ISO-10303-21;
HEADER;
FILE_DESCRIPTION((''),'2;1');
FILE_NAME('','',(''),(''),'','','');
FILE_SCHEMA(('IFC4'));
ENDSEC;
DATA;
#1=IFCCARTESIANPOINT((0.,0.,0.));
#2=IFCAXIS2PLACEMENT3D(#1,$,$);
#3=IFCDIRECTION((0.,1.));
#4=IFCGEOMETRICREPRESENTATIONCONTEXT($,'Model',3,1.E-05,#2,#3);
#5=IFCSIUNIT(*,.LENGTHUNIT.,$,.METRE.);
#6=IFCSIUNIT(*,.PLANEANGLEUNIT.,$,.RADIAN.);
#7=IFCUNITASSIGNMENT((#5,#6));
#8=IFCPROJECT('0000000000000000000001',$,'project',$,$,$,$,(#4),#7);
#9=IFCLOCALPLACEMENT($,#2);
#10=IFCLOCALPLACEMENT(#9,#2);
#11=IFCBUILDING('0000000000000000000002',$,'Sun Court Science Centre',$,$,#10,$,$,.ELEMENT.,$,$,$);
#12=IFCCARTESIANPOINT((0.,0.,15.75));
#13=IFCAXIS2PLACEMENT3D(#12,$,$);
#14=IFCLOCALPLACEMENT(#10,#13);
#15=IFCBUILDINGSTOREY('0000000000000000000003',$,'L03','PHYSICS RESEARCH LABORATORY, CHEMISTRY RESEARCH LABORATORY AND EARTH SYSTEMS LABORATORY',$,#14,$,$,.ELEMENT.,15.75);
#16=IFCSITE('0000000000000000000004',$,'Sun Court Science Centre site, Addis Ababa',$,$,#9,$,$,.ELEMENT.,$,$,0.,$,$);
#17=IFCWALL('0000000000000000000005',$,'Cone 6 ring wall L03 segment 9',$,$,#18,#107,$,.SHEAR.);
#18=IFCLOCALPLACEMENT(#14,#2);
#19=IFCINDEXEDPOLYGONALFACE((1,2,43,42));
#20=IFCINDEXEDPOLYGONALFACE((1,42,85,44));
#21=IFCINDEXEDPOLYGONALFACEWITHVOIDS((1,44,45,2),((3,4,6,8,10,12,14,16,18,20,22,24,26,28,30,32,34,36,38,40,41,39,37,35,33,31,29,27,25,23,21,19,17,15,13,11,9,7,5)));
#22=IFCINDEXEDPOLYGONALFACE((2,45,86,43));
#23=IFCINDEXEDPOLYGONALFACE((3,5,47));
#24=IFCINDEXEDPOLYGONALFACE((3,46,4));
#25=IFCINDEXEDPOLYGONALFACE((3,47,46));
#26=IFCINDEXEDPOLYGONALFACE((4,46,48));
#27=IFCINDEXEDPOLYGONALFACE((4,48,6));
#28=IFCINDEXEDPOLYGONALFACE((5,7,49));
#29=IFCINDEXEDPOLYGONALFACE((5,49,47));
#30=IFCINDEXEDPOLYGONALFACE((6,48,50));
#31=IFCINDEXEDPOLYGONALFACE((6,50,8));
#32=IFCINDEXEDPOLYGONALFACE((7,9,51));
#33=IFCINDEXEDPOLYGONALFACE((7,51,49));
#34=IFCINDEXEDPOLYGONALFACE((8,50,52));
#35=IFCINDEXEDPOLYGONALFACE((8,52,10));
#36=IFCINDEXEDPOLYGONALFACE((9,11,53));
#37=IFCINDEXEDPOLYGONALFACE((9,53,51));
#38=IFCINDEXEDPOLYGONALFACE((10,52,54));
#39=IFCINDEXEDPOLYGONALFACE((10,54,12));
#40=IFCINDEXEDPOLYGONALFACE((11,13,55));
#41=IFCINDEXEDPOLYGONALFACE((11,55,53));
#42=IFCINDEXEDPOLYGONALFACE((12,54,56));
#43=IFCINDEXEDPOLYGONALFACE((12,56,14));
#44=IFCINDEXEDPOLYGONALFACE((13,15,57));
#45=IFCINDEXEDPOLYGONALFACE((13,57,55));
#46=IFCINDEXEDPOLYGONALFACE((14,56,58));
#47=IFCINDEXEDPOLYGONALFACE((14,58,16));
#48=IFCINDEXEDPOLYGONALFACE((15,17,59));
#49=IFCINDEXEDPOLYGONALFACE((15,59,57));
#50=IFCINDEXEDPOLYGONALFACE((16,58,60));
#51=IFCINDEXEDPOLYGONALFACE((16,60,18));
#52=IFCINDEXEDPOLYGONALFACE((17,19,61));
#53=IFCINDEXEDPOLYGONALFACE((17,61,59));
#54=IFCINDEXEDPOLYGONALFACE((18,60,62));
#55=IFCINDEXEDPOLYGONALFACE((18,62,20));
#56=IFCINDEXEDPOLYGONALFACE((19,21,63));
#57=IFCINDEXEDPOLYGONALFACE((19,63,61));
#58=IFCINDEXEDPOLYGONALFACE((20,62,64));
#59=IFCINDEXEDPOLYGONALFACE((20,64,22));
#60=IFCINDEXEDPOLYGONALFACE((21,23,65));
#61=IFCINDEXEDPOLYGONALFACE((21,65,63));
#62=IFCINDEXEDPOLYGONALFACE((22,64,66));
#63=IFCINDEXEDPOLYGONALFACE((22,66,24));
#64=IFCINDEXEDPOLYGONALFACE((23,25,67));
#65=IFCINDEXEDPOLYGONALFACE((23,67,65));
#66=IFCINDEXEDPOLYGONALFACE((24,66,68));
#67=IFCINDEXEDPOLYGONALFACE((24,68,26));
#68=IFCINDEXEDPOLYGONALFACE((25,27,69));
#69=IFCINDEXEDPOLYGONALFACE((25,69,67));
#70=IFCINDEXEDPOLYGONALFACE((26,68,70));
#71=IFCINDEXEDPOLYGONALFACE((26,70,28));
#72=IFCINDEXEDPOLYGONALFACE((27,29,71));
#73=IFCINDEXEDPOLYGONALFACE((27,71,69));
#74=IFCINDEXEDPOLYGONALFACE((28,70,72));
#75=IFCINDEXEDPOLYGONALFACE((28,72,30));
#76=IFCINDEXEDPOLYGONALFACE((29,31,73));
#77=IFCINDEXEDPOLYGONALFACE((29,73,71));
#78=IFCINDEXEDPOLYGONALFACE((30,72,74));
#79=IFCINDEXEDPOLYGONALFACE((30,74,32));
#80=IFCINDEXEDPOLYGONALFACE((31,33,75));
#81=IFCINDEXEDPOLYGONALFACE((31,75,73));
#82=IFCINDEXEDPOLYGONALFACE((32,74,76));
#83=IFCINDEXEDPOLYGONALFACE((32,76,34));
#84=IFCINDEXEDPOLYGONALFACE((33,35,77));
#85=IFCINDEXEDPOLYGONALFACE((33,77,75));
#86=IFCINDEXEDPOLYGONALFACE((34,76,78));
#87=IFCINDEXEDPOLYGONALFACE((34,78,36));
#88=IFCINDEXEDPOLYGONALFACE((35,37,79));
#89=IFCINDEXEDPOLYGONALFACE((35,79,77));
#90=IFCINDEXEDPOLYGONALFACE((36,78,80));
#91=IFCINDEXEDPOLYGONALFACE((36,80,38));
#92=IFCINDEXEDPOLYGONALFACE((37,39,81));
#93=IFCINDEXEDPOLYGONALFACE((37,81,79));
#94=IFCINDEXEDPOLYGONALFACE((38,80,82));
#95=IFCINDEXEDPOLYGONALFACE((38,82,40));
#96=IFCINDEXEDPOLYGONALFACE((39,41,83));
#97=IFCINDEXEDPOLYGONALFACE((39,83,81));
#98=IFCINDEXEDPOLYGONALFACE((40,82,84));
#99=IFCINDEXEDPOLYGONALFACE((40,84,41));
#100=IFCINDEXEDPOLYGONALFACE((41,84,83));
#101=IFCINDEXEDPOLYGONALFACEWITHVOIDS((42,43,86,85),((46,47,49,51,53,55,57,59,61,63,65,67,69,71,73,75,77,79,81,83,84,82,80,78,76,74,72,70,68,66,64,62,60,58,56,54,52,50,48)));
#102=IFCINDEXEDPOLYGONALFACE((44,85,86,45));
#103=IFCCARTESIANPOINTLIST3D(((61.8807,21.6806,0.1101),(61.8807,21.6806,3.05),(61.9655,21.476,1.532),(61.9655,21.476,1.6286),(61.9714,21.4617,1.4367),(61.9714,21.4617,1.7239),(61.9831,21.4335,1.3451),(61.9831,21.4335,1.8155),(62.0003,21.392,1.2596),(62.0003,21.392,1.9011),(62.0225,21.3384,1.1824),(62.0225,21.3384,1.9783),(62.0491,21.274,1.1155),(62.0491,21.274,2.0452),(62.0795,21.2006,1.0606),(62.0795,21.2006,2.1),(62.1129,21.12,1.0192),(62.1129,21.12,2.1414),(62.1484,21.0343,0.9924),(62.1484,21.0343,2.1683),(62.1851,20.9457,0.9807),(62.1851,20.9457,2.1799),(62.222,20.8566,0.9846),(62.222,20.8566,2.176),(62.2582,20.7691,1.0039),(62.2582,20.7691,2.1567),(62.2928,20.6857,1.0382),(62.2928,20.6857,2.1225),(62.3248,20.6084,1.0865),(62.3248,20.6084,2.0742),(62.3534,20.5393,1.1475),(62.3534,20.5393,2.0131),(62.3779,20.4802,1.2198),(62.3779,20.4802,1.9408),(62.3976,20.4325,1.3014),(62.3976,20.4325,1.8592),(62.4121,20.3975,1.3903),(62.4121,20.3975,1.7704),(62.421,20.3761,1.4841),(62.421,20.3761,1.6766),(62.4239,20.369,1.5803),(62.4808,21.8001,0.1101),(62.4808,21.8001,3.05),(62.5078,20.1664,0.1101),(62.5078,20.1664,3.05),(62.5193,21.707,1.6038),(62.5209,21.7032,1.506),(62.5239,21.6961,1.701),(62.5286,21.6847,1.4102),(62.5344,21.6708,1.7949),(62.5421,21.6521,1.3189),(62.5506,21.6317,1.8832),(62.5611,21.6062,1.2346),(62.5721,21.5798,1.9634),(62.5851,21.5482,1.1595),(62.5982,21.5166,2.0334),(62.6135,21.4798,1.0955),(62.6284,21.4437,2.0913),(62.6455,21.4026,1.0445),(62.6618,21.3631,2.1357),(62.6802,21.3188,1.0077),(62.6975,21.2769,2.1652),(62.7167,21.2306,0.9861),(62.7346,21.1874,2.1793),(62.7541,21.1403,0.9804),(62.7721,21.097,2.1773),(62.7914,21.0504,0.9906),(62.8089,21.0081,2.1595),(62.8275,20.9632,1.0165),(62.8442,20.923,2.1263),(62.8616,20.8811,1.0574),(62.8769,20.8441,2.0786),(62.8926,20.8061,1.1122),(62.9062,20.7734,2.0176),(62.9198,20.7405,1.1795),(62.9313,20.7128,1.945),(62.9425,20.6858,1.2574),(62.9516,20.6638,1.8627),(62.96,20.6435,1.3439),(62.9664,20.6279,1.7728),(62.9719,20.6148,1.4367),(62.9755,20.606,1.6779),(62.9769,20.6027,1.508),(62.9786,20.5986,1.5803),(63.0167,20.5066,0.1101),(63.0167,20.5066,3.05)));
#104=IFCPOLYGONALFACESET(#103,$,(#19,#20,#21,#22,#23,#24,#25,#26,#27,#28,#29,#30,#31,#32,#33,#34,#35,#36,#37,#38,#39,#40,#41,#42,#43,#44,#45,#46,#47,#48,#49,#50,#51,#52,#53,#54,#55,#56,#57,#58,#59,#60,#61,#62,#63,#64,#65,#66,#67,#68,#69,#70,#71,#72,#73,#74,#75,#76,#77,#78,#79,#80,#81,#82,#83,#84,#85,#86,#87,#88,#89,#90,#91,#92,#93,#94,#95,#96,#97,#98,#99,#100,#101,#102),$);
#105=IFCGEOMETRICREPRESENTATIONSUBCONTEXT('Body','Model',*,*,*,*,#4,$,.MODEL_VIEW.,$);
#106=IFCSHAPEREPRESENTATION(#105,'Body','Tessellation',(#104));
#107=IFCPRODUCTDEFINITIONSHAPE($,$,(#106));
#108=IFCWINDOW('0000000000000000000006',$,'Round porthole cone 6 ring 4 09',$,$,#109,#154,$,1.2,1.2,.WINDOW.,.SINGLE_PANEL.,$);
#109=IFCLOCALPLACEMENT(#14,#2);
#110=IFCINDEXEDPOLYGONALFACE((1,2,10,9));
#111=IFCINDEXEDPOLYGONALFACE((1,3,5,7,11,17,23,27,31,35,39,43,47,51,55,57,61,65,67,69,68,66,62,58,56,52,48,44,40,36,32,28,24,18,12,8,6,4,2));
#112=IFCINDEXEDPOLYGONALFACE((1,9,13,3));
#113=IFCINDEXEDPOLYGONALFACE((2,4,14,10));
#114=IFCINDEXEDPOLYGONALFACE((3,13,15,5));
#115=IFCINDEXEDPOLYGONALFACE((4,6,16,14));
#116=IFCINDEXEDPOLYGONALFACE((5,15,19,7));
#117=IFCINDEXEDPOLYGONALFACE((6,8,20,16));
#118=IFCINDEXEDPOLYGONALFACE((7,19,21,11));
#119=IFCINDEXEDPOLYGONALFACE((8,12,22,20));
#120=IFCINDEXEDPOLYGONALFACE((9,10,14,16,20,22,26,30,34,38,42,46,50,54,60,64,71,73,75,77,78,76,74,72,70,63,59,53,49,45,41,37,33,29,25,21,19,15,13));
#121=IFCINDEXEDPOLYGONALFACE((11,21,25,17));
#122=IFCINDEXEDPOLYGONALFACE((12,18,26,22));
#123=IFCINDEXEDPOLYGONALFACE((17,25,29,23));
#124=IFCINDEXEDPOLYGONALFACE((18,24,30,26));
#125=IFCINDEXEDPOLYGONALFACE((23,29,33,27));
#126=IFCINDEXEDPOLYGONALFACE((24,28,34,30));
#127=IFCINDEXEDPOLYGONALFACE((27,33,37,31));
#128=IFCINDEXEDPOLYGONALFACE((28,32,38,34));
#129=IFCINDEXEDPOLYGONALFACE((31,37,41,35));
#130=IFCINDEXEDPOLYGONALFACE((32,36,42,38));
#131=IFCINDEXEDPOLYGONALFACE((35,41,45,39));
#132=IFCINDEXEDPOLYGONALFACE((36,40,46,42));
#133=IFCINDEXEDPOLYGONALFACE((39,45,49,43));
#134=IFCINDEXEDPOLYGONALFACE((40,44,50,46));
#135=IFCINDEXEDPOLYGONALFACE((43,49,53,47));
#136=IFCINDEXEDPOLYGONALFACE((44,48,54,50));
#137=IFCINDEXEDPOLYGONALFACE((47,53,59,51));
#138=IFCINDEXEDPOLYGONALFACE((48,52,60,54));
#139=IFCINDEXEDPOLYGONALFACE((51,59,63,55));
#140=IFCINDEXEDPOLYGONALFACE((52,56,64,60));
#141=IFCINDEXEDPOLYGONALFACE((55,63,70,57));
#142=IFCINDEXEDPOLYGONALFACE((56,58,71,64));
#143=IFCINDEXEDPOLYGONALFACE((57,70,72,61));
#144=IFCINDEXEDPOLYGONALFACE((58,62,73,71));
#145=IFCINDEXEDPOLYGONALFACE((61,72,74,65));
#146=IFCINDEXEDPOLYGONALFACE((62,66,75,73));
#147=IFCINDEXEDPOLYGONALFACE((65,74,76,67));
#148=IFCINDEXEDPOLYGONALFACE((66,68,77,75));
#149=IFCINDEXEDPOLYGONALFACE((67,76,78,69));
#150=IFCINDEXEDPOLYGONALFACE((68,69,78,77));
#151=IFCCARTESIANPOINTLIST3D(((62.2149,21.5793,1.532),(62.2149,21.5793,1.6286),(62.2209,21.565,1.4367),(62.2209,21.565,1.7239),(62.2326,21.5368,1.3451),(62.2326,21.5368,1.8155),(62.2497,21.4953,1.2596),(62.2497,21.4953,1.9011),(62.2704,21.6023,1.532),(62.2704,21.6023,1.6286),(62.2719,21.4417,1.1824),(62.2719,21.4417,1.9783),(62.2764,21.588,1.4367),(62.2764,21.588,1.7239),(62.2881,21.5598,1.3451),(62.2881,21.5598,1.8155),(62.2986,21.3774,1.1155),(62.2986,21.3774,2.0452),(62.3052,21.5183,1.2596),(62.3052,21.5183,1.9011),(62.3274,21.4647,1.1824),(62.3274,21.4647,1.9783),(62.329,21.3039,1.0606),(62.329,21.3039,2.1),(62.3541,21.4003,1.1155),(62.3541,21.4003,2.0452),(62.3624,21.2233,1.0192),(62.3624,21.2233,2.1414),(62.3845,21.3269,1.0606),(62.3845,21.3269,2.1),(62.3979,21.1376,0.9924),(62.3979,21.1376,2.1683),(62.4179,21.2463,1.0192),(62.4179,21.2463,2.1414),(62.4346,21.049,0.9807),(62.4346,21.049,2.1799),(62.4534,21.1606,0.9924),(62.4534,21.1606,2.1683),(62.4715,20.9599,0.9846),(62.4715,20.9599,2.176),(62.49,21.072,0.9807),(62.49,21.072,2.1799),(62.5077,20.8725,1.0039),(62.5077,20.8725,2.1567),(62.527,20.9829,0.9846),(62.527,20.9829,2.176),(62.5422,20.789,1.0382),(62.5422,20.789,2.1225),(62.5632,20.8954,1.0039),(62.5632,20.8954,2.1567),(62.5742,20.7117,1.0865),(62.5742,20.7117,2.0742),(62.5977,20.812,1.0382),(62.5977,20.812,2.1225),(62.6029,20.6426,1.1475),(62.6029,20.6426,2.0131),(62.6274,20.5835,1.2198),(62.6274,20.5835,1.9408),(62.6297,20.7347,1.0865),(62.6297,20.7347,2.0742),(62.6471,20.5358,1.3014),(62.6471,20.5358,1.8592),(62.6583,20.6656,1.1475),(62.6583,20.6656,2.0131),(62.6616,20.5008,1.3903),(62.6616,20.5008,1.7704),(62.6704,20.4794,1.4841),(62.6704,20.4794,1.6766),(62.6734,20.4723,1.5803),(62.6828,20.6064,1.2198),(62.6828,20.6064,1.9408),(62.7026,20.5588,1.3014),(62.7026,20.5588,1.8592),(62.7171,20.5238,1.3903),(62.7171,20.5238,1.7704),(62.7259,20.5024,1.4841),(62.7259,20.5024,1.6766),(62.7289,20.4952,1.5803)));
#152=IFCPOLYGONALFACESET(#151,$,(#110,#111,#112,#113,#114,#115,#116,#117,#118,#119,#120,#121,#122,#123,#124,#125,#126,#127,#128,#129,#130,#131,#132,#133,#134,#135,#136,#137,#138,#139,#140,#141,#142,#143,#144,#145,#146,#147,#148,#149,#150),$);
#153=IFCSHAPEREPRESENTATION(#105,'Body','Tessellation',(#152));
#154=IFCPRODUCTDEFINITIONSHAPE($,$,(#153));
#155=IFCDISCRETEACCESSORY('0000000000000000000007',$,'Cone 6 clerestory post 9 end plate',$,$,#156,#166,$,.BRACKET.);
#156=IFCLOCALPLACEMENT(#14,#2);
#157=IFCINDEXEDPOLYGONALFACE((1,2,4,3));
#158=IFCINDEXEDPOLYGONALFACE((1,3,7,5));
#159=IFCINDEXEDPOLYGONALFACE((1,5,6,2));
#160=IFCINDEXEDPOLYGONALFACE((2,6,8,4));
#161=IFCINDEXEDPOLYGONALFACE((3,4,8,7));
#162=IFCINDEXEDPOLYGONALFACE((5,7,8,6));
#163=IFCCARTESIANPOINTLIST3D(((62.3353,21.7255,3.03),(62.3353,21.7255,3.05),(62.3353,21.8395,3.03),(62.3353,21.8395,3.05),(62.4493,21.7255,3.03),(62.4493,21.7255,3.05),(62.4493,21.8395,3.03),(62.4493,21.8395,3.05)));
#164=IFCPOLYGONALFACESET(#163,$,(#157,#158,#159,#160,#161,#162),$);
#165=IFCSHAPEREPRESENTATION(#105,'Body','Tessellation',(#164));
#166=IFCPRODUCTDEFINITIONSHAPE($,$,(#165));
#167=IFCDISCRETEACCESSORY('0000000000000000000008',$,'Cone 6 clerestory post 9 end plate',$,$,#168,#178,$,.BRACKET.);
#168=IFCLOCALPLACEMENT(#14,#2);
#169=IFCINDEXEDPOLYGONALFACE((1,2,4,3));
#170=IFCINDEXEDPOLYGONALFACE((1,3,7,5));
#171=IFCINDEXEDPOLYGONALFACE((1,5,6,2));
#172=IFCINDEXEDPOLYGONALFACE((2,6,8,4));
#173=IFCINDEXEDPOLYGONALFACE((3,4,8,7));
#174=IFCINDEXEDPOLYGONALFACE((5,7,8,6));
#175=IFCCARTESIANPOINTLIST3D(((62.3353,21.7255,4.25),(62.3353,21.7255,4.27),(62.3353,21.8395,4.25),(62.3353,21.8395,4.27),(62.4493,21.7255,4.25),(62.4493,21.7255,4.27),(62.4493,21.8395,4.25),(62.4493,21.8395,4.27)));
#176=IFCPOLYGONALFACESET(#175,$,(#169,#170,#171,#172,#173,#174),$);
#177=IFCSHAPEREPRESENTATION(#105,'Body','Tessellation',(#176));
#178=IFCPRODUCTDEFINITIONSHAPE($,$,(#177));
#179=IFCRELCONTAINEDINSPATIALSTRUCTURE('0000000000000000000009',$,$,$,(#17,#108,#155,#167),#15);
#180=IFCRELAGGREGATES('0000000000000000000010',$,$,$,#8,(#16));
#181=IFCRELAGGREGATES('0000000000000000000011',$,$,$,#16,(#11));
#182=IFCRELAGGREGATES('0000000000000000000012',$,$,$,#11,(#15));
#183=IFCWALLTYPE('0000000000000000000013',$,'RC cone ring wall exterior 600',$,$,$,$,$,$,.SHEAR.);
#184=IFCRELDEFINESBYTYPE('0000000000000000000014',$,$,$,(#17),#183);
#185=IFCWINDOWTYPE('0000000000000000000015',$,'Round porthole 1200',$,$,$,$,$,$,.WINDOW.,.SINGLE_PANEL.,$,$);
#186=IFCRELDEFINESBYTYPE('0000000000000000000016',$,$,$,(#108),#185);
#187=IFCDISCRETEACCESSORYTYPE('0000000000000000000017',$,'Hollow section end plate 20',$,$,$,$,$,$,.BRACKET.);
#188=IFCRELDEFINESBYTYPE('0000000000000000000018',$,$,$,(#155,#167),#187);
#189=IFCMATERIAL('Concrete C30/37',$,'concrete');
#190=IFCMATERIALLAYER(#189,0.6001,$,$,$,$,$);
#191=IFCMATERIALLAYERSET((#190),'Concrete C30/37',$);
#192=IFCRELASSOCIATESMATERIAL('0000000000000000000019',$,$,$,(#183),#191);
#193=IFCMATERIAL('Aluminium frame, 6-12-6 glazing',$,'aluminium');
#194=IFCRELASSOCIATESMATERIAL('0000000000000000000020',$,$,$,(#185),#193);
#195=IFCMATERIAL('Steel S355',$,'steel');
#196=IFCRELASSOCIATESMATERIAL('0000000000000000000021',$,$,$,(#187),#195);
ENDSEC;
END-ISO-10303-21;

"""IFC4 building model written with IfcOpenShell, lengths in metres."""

from ifc_helpers import new_model, si_unit, direction, frame, frame_2d, origin, origin_2d, place, context, subcontext, project, spatial, polyline, rectangle, circle, outline, extrude, material, layer, layer_set, type_object, element, fill, save


model = new_model("IFC4")

# Units and contexts
model_context = context("Model", 3, precision=1e-05, world=origin(), true_north=direction((0.0, 1.0)))
body_context = subcontext(model_context, "Body", "Model", "MODEL_VIEW")
ifc_project = project(units=[si_unit("LENGTHUNIT", "METRE"), si_unit("PLANEANGLEUNIT", "RADIAN")], contexts=[model_context])

# Site, building, storey
site_placement = place(None, origin())
site = spatial("IfcSite", under=ifc_project, at=site_placement, Name="Sun Court Science Centre site, Addis Ababa", CompositionType="ELEMENT", RefElevation=0.0)
building_placement = place(site_placement, origin())
building = spatial("IfcBuilding", under=site, at=building_placement, Name="Sun Court Science Centre", CompositionType="ELEMENT")
storey_placement = place(building_placement, frame((0.0, 0.0, 15.75)))
storey = spatial("IfcBuildingStorey", under=building, at=storey_placement, Name="L03", Description="PHYSICS RESEARCH LABORATORY, CHEMISTRY RESEARCH LABORATORY AND EARTH SYSTEMS LABORATORY", CompositionType="ELEMENT", Elevation=15.75)

# Wall, opening, window
ifc_material_1 = material(Name="Concrete C30/37", Category="concrete")
ifc_layer_1 = layer(ifc_material_1, 0.6001)
ifc_layer_set_1 = layer_set([ifc_layer_1], Name="Concrete C30/37")
wall_type_1 = type_object("IfcWallType", Name="RC cone ring wall exterior 600", PredefinedType="SHEAR", material=ifc_layer_set_1)
wall_1_placement = place(storey_placement, frame((62.158, 21.7954, 0.1101), z_axis=(0.0, 0.0, 1.0), x_axis=(0.382615, -0.923908, 0.0)))
wall_1 = element("IfcWall", 1, at=wall_1_placement, inside=storey, type_object=wall_type_1, Name="Cone 6 ring wall L03 segment 9", PredefinedType="SHEAR", context=body_context, shape_type="SweptSolid", body=[
    extrude(outline(polyline([(0.0, -0.3), (1.6389, -0.3), (1.5193, 0.3003), (0.1191, 0.3), (0.0, -0.3)])), origin(), (0.0, 0.0, 1.0), 2.9399),
])
opening_1_placement = place(wall_1_placement, frame((0.2195, 0.0, 0.8701)))
opening_1 = element("IfcOpeningElement", 2, at=opening_1_placement, cuts=wall_1, PredefinedType="OPENING", context=body_context, shape_type="SweptSolid", body=[
    extrude(circle(Radius=0.6001, at=frame_2d((0.6001, 0.6001))), frame((0.0, 0.3101, 0.0), z_axis=(0.0, -1.0, 0.0), x_axis=(1.0, 0.0, 0.0)), (0.0, 0.0, 1.0), 0.6201),
])
ifc_material_2 = material(Name="Aluminium frame, 6-12-6 glazing", Category="aluminium")
window_type_1 = type_object("IfcWindowType", Name="Round porthole 1200", PartitioningType="SINGLE_PANEL", PredefinedType="WINDOW", material=ifc_material_2)
window_1_placement = place(opening_1_placement, origin())
window_1 = element("IfcWindow", 3, at=window_1_placement, inside=storey, type_object=window_type_1, Name="Round porthole cone 6 ring 4 09", OverallHeight=1.2, OverallWidth=1.2, PartitioningType="SINGLE_PANEL", PredefinedType="WINDOW", context=body_context, shape_type="SweptSolid", body=[
    extrude(circle(Radius=0.6001, at=frame_2d((0.6001, 0.6001))), frame((0.0, 0.03, 0.0), z_axis=(0.0, -1.0, 0.0), x_axis=(1.0, 0.0, 0.0)), (0.0, 0.0, 1.0), 0.0601),
])
fill(opening_1, window_1)

# Discrete accessories
ifc_material_3 = material(Name="Steel S355", Category="steel")
discrete_accessory_type = type_object("IfcDiscreteAccessoryType", Name="Hollow section end plate 20", PredefinedType="BRACKET", material=ifc_material_3)
for number, where, z_axis, x_axis, name in (
    (4, (62.3923, 21.7825, 3.03), (0.0, 0.0, 1.0), (1.0, 0.0, 0.0), "Cone 6 clerestory post 9 end plate"),
    (5, (62.3923, 21.7825, 4.25), (0.0, 0.0, 1.0), (1.0, 0.0, 0.0), "Cone 6 clerestory post 9 end plate"),
):
    element("IfcDiscreteAccessory", number, at=place(storey_placement, frame(where, z_axis=z_axis, x_axis=x_axis)), inside=storey, type_object=discrete_accessory_type, Name=name, PredefinedType="BRACKET", context=body_context, shape_type="SweptSolid", body=[
        extrude(rectangle(XDim=0.114, YDim=0.114, at=origin_2d()), origin(), (0.0, 0.0, 1.0), 0.02),
    ])

save(model, "model.ifc")
